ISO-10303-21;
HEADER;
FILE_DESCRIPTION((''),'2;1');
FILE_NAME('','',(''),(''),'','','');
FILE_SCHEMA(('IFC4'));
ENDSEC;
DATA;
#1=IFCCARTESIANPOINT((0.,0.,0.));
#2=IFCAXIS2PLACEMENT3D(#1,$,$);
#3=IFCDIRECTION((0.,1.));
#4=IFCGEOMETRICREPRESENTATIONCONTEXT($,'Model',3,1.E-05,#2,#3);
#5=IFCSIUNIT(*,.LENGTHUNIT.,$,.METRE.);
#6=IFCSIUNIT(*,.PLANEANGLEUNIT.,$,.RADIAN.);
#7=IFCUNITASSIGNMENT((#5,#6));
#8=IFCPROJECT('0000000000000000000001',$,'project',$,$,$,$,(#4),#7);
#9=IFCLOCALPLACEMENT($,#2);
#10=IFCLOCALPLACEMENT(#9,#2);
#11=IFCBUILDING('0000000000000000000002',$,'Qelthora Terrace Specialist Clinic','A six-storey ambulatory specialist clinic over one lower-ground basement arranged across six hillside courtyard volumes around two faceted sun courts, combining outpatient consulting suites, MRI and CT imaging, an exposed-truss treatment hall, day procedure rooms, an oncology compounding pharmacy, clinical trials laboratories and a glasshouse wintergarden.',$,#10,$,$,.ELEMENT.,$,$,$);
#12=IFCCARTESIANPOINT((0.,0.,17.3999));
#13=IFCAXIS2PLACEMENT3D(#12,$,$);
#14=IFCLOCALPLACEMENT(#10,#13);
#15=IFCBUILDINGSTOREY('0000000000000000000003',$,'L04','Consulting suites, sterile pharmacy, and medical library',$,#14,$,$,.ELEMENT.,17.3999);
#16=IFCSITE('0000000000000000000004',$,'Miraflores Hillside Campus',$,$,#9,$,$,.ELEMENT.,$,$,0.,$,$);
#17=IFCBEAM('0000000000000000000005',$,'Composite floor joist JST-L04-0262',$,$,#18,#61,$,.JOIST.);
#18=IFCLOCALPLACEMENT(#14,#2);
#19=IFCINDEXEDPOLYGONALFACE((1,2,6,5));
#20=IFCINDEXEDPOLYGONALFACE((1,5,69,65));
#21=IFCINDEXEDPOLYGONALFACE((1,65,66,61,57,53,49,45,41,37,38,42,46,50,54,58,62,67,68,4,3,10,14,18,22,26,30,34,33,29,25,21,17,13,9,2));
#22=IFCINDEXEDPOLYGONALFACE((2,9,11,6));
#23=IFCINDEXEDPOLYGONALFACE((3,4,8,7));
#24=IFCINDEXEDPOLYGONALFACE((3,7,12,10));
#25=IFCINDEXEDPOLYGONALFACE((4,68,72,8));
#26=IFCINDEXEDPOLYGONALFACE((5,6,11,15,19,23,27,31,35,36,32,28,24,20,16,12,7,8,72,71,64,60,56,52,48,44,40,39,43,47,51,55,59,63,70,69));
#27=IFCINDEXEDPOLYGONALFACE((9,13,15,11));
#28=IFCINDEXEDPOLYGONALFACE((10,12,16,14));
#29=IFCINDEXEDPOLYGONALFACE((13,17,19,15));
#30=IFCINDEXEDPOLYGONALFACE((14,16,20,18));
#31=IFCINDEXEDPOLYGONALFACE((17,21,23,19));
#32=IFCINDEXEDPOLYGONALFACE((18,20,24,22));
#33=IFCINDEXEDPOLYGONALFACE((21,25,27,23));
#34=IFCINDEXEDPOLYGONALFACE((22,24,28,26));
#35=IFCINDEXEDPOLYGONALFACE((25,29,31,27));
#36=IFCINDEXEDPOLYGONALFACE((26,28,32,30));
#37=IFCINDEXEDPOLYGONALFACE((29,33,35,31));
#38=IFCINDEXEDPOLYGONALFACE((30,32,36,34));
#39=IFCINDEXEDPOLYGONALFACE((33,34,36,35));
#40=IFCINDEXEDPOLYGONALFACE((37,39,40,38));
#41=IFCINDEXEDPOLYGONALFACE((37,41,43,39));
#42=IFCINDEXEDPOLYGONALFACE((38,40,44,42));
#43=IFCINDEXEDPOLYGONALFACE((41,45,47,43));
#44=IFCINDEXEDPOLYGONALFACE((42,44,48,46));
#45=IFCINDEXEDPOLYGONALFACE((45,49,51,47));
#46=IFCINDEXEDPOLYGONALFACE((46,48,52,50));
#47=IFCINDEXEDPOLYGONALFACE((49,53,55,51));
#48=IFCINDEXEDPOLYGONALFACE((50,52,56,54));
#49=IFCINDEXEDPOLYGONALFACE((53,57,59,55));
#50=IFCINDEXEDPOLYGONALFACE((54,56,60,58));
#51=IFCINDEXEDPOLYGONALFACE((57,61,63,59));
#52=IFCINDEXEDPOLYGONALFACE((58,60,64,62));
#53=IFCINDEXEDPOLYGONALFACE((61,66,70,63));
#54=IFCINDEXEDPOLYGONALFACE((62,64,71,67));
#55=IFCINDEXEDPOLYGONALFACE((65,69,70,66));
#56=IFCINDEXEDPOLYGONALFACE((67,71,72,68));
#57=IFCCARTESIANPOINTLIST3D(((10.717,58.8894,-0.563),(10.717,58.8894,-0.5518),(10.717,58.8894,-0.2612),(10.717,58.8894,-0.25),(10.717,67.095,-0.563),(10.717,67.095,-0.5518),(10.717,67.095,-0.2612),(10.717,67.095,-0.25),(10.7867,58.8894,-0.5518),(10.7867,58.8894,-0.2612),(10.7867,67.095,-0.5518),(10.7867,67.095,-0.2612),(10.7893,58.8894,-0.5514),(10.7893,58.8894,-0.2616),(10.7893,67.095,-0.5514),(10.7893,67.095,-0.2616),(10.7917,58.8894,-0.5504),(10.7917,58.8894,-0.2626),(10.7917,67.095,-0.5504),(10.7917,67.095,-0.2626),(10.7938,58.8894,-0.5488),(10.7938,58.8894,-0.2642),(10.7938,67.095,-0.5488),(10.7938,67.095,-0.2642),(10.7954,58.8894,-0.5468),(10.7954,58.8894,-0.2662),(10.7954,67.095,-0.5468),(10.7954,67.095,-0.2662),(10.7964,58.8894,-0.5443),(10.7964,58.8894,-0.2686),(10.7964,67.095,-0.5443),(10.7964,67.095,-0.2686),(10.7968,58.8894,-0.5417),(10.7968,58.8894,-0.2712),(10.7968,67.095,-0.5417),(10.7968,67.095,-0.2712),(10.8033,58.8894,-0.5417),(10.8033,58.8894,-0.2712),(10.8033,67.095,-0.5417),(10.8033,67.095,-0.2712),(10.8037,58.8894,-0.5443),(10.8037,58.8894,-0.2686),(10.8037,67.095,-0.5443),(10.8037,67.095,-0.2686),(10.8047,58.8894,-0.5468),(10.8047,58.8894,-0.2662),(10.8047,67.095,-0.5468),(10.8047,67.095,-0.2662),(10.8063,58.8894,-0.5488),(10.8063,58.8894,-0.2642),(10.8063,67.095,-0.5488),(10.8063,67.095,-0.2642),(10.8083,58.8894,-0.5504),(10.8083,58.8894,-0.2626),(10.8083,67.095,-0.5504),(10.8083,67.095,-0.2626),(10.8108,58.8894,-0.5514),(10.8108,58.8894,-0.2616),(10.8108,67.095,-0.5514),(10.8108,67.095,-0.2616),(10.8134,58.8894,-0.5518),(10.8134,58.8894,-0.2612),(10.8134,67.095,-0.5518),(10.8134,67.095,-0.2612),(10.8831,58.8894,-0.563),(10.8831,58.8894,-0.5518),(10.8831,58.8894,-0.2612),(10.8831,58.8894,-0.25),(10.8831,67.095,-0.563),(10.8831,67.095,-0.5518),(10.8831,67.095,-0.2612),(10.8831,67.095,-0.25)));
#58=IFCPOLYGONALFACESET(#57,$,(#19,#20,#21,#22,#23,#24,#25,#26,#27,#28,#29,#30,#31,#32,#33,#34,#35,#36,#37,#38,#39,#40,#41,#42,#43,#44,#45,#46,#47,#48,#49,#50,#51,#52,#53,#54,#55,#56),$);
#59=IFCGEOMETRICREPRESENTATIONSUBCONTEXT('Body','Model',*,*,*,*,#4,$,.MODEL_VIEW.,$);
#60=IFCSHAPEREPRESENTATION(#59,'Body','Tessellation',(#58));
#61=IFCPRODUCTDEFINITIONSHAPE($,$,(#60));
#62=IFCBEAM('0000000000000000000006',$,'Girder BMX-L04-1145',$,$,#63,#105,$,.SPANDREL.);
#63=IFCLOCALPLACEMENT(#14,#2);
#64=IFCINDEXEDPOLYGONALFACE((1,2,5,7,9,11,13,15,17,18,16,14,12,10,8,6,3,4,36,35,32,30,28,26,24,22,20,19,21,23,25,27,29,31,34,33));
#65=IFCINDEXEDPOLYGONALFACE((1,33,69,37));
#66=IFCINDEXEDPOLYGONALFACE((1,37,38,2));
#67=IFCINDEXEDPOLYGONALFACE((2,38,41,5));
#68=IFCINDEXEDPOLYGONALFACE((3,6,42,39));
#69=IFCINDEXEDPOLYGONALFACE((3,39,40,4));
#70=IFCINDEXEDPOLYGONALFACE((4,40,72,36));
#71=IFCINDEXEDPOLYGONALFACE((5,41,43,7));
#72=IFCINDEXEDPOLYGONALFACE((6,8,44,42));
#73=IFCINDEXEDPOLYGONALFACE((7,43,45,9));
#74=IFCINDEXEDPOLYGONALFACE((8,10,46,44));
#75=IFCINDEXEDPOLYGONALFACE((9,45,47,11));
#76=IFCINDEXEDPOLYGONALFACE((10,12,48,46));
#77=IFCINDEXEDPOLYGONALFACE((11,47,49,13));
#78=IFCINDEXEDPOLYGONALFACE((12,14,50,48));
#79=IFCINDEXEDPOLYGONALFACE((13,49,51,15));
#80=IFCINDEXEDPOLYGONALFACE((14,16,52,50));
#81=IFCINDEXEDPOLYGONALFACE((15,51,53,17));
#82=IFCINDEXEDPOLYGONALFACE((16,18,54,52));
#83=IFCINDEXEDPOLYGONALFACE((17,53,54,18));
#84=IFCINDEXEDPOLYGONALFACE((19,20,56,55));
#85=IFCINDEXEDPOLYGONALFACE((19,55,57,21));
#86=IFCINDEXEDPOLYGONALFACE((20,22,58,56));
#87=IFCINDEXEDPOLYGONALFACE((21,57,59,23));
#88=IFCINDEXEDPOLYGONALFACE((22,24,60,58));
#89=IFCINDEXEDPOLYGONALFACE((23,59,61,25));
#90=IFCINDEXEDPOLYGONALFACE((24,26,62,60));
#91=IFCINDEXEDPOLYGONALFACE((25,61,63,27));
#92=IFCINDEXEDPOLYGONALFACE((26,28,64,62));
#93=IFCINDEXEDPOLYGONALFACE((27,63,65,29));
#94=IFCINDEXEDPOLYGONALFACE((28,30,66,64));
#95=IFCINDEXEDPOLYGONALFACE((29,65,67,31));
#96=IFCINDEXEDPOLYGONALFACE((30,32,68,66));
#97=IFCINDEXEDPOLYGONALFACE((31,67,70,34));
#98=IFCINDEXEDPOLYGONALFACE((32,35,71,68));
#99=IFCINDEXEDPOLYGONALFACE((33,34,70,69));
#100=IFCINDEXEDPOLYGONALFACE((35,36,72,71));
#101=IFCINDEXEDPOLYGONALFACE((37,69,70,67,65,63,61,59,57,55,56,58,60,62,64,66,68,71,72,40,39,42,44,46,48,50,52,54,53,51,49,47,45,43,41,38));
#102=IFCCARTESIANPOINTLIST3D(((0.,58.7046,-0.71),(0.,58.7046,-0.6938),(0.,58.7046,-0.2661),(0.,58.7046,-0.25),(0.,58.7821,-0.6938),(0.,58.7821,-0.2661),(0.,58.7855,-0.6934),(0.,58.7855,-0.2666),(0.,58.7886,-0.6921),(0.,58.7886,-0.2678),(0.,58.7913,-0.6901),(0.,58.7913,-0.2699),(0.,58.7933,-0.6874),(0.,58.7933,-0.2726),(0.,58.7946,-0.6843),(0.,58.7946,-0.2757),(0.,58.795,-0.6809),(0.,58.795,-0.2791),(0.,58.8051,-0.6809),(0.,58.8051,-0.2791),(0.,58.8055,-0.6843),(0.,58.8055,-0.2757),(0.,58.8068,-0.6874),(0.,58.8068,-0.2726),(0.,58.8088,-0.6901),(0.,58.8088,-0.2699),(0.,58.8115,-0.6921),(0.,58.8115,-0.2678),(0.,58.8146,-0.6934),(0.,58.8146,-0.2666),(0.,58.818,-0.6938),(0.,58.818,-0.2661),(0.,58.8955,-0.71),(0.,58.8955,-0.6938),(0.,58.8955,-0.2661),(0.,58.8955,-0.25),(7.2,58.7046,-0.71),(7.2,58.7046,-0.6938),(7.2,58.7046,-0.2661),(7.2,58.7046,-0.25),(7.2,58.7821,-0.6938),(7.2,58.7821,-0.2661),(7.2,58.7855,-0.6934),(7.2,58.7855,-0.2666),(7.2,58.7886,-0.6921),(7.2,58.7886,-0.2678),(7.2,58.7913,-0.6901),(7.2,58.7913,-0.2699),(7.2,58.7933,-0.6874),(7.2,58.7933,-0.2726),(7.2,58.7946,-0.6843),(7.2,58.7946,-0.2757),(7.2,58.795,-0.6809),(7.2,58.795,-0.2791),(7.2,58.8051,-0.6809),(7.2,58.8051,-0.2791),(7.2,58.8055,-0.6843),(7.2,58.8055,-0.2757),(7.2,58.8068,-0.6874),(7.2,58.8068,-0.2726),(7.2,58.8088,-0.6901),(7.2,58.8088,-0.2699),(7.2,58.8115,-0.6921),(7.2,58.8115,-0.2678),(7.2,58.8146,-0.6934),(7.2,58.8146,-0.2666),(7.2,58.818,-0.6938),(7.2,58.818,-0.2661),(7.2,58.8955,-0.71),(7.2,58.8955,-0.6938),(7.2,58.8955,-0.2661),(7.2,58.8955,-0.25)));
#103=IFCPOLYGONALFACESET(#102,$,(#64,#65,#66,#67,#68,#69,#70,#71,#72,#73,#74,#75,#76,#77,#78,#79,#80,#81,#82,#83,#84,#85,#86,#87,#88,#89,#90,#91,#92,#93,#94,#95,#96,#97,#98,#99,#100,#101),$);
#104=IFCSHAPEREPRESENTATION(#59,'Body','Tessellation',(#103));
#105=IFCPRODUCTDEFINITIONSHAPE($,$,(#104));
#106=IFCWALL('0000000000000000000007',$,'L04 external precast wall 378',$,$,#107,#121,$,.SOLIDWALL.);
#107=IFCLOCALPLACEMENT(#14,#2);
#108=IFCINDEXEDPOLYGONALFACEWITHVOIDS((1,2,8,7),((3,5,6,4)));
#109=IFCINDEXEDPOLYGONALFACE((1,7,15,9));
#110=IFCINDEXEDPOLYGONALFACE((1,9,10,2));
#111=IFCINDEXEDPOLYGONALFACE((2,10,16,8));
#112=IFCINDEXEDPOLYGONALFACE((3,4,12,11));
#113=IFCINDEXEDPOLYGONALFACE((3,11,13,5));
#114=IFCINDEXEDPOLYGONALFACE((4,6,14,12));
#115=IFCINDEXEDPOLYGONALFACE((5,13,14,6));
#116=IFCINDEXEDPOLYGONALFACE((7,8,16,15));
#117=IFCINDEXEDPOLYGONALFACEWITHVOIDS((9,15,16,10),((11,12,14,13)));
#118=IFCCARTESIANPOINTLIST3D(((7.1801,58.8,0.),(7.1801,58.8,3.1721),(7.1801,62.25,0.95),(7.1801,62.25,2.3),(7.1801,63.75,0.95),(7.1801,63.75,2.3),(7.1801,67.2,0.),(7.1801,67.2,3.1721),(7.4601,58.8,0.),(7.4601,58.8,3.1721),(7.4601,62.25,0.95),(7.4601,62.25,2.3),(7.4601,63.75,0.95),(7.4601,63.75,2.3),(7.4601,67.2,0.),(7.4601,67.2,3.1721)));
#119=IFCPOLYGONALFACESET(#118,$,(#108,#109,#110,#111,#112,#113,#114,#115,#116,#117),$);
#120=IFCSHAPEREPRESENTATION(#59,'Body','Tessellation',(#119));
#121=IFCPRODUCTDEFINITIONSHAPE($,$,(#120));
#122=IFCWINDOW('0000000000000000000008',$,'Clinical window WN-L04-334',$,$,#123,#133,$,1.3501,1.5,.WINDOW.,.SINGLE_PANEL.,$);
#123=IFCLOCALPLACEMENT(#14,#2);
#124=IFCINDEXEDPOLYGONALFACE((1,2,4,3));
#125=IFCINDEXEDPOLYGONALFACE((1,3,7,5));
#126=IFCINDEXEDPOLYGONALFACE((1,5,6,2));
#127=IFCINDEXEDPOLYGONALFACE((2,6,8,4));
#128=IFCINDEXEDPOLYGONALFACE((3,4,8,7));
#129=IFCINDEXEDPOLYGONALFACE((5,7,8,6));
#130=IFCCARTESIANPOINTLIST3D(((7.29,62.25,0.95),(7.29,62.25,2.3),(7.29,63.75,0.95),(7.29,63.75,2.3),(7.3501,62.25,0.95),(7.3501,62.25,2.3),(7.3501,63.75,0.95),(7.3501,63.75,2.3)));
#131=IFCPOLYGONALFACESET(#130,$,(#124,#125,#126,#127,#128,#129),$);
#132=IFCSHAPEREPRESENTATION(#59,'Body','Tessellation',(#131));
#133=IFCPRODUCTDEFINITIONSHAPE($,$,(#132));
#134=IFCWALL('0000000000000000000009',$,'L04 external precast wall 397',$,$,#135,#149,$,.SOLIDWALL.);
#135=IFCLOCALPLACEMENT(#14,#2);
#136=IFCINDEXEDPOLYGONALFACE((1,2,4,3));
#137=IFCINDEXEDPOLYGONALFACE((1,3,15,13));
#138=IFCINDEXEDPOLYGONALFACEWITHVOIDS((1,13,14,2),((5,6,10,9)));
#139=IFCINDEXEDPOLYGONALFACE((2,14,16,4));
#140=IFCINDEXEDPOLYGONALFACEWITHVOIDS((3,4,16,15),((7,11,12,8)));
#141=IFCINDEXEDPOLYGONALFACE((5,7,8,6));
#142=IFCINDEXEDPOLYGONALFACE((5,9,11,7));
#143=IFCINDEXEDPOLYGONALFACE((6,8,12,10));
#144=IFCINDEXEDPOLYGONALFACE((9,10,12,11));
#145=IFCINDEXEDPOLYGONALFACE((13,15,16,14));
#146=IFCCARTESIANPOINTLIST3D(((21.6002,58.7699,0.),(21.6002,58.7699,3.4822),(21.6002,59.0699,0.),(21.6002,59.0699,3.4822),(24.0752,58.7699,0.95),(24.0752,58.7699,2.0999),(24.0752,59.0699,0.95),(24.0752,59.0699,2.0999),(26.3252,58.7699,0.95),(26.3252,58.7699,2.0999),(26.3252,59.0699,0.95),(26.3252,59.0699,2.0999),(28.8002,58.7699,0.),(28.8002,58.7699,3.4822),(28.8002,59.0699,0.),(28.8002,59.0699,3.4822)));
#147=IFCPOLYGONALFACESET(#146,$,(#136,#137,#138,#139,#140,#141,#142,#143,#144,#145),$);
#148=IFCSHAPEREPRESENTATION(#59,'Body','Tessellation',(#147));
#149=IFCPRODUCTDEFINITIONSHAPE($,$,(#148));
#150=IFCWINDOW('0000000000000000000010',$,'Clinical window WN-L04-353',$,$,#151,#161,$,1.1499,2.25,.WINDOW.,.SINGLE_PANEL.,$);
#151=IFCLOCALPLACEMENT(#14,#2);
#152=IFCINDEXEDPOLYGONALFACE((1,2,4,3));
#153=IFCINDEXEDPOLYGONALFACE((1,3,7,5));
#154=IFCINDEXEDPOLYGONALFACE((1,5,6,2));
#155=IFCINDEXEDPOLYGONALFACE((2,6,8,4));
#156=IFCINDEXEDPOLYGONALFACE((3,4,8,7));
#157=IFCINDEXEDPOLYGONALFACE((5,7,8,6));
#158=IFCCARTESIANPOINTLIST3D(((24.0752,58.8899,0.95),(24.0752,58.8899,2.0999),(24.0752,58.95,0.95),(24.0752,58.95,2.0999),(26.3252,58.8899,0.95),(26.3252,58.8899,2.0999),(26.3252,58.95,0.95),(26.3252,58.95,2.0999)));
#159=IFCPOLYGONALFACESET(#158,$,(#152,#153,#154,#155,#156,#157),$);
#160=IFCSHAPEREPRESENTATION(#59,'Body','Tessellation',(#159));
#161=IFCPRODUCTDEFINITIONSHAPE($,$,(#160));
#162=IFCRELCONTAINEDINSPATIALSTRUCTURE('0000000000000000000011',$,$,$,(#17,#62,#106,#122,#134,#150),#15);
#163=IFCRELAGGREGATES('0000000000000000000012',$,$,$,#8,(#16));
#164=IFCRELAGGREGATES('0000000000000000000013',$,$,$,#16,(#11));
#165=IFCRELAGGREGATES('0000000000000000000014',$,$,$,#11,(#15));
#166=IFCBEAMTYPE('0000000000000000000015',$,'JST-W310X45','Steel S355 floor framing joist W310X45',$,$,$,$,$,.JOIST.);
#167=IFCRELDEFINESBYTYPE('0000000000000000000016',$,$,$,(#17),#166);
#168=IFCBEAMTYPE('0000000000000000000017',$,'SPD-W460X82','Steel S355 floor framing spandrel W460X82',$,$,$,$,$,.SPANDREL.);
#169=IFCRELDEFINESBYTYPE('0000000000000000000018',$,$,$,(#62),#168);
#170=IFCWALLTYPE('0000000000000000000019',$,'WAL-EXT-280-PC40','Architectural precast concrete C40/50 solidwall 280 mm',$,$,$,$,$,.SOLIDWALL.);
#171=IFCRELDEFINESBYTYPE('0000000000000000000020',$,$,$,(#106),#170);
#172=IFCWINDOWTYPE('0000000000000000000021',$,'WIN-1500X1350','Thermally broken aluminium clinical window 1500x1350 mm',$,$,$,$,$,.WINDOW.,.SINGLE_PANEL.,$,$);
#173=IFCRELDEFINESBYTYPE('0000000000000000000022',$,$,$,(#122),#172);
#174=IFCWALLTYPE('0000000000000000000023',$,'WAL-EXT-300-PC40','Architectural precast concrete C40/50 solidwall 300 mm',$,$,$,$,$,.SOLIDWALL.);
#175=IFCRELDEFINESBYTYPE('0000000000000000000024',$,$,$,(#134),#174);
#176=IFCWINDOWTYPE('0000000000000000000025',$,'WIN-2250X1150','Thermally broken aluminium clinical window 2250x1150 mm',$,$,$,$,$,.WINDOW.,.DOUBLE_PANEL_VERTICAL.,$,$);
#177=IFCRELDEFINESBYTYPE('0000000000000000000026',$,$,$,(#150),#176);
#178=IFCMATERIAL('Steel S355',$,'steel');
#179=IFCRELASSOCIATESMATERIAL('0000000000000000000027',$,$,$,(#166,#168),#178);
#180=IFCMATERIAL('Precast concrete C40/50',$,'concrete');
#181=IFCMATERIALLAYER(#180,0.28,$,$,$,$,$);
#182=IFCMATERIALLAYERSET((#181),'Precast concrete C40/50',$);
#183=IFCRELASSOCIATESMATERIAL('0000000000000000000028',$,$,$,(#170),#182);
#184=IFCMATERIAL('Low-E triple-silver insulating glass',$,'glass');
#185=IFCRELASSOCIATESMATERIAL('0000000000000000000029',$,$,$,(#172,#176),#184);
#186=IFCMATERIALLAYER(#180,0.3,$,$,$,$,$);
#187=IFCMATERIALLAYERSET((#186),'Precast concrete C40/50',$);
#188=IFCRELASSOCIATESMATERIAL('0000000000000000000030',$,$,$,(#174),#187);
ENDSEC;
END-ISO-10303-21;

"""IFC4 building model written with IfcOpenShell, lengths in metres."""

from ifc_helpers import new_model, si_unit, direction, frame, frame_2d, origin, origin_2d, place, context, subcontext, project, spatial, rectangle, i_section, extrude, material, layer, layer_set, material_profile, profile_set, type_object, element, fill, save


model = new_model("IFC4")

# Units and contexts
model_context = context("Model", 3, precision=1e-05, world=origin(), true_north=direction((0.0, 1.0)))
body_context = subcontext(model_context, "Body", "Model", "MODEL_VIEW")
ifc_project = project(units=[si_unit("LENGTHUNIT", "METRE"), si_unit("PLANEANGLEUNIT", "RADIAN")], contexts=[model_context])

# Site, building, storey
site_placement = place(None, origin())
site = spatial("IfcSite", under=ifc_project, at=site_placement, Name="Miraflores Hillside Campus", CompositionType="ELEMENT", RefElevation=0.0)
building_placement = place(site_placement, origin())
building = spatial("IfcBuilding", under=site, at=building_placement, Name="Qelthora Terrace Specialist Clinic", Description="A six-storey ambulatory specialist clinic over one lower-ground basement arranged across six hillside courtyard volumes around two faceted sun courts, combining outpatient consulting suites, MRI and CT imaging, an exposed-truss treatment hall, day procedure rooms, an oncology compounding pharmacy, clinical trials laboratories and a glasshouse wintergarden.", CompositionType="ELEMENT")
storey_placement = place(building_placement, frame((0.0, 0.0, 17.3999)))
storey = spatial("IfcBuildingStorey", under=building, at=storey_placement, Name="L04", Description="Consulting suites, sterile pharmacy, and medical library", CompositionType="ELEMENT", Elevation=17.3999)

# Shared definitions
ifc_material_1 = material(Name="Steel S355", Category="steel")

# Beams
ifc_material_profile_1 = material_profile(ifc_material_1, i_section(OverallWidth=0.166, OverallDepth=0.313, WebThickness=0.0066, FlangeThickness=0.0112, FilletRadius=0.01, at=origin_2d()), Name="W310X45")
ifc_profile_set_1 = profile_set([ifc_material_profile_1], Name="Steel S355")
beam_type_1 = type_object("IfcBeamType", Name="JST-W310X45", Description="Steel S355 floor framing joist W310X45", PredefinedType="JOIST", material=ifc_profile_set_1)
beam_1_placement = place(storey_placement, frame((10.8, 58.8894, -0.4065), z_axis=(0.0, 1.0, 0.0), x_axis=(-1.0, 0.0, 0.0)))
element("IfcBeam", 1, at=beam_1_placement, inside=storey, type_object=beam_type_1, Name="Composite floor joist JST-L04-0262", PredefinedType="JOIST", context=body_context, shape_type="SweptSolid", body=[
    extrude(i_section(OverallWidth=0.166, OverallDepth=0.313, WebThickness=0.0066, FlangeThickness=0.0112, FilletRadius=0.01, at=origin_2d()), origin(), (0.0, 0.0, 1.0), 8.2056),
])
ifc_material_profile_2 = material_profile(ifc_material_1, i_section(OverallWidth=0.1909, OverallDepth=0.46, WebThickness=0.01, FlangeThickness=0.0161, FilletRadius=0.0129, at=origin_2d()), Name="W460X82")
ifc_profile_set_2 = profile_set([ifc_material_profile_2], Name="Steel S355")
beam_type_2 = type_object("IfcBeamType", Name="SPD-W460X82", Description="Steel S355 floor framing spandrel W460X82", PredefinedType="SPANDREL", material=ifc_profile_set_2)
beam_2_placement = place(storey_placement, frame((0.0, 58.8, -0.48), z_axis=(1.0, 0.0, 0.0), x_axis=(0.0, 1.0, 0.0)))
element("IfcBeam", 2, at=beam_2_placement, inside=storey, type_object=beam_type_2, Name="Girder BMX-L04-1145", PredefinedType="SPANDREL", context=body_context, shape_type="SweptSolid", body=[
    extrude(i_section(OverallWidth=0.1909, OverallDepth=0.46, WebThickness=0.01, FlangeThickness=0.0161, FilletRadius=0.0129, at=origin_2d()), origin(), (0.0, 0.0, 1.0), 7.2),
])

# Walls, openings, windows
ifc_material_2 = material(Name="Precast concrete C40/50", Category="concrete")
ifc_layer_1 = layer(ifc_material_2, 0.28)
ifc_layer_set_1 = layer_set([ifc_layer_1], Name="Precast concrete C40/50")
wall_type_1 = type_object("IfcWallType", Name="WAL-EXT-280-PC40", Description="Architectural precast concrete C40/50 solidwall 280 mm", PredefinedType="SOLIDWALL", material=ifc_layer_set_1)
wall_1_placement = place(storey_placement, frame((7.3201, 58.8, 0.0), z_axis=(0.0, 0.0, 1.0), x_axis=(0.0, 1.0, 0.0)))
wall_1 = element("IfcWall", 3, at=wall_1_placement, inside=storey, type_object=wall_type_1, Name="L04 external precast wall 378", PredefinedType="SOLIDWALL", context=body_context, shape_type="SweptSolid", body=[
    extrude(rectangle(XDim=8.3999, YDim=0.28, at=frame_2d((4.2, 0.0))), origin(), (0.0, 0.0, 1.0), 3.1721),
])
opening_1_placement = place(wall_1_placement, frame((3.45, 0.0, 0.95)))
opening_1 = element("IfcOpeningElement", 4, at=opening_1_placement, cuts=wall_1, PredefinedType="OPENING", context=body_context, shape_type="SweptSolid", body=[
    extrude(rectangle(XDim=1.5, YDim=1.3501, at=frame_2d((0.75, 0.675))), frame((0.0, 0.1499, 0.0), z_axis=(0.0, -1.0, 0.0), x_axis=(1.0, 0.0, 0.0)), (0.0, 0.0, 1.0), 0.3),
])
ifc_material_3 = material(Name="Low-E triple-silver insulating glass", Category="glass")
window_type_1 = type_object("IfcWindowType", Name="WIN-1500X1350", Description="Thermally broken aluminium clinical window 1500x1350 mm", PartitioningType="SINGLE_PANEL", PredefinedType="WINDOW", material=ifc_material_3)
window_1_placement = place(opening_1_placement, origin())
window_1 = element("IfcWindow", 5, at=window_1_placement, inside=storey, type_object=window_type_1, Name="Clinical window WN-L04-334", OverallHeight=1.3501, OverallWidth=1.5, PartitioningType="SINGLE_PANEL", PredefinedType="WINDOW", context=body_context, shape_type="SweptSolid", body=[
    extrude(rectangle(XDim=1.5, YDim=1.3501, at=frame_2d((0.75, 0.675))), frame((0.0, 0.03, 0.0), z_axis=(0.0, -1.0, 0.0), x_axis=(1.0, 0.0, 0.0)), (0.0, 0.0, 1.0), 0.0601),
])
fill(opening_1, window_1)
ifc_layer_2 = layer(ifc_material_2, 0.3)
ifc_layer_set_2 = layer_set([ifc_layer_2], Name="Precast concrete C40/50")
wall_type_2 = type_object("IfcWallType", Name="WAL-EXT-300-PC40", Description="Architectural precast concrete C40/50 solidwall 300 mm", PredefinedType="SOLIDWALL", material=ifc_layer_set_2)
wall_2_placement = place(storey_placement, frame((21.6001, 58.9199, 0.0), z_axis=(0.0, 0.0, 1.0), x_axis=(1.0, 0.0, 0.0)))
wall_2 = element("IfcWall", 6, at=wall_2_placement, inside=storey, type_object=wall_type_2, Name="L04 external precast wall 397", PredefinedType="SOLIDWALL", context=body_context, shape_type="SweptSolid", body=[
    extrude(rectangle(XDim=7.2, YDim=0.3, at=frame_2d((3.6001, 0.0))), origin(), (0.0, 0.0, 1.0), 3.4822),
])
opening_2_placement = place(wall_2_placement, frame((2.4751, 0.0, 0.95)))
opening_2 = element("IfcOpeningElement", 7, at=opening_2_placement, cuts=wall_2, PredefinedType="OPENING", context=body_context, shape_type="SweptSolid", body=[
    extrude(rectangle(XDim=2.25, YDim=1.1499, at=frame_2d((1.125, 0.575))), frame((0.0, 0.1599, 0.0), z_axis=(0.0, -1.0, 0.0), x_axis=(1.0, 0.0, 0.0)), (0.0, 0.0, 1.0), 0.3201),
])
window_type_2 = type_object("IfcWindowType", Name="WIN-2250X1150", Description="Thermally broken aluminium clinical window 2250x1150 mm", PartitioningType="DOUBLE_PANEL_VERTICAL", PredefinedType="WINDOW", material=ifc_material_3)
window_2_placement = place(opening_2_placement, origin())
window_2 = element("IfcWindow", 8, at=window_2_placement, inside=storey, type_object=window_type_2, Name="Clinical window WN-L04-353", OverallHeight=1.1499, OverallWidth=2.25, PartitioningType="SINGLE_PANEL", PredefinedType="WINDOW", context=body_context, shape_type="SweptSolid", body=[
    extrude(rectangle(XDim=2.25, YDim=1.1499, at=frame_2d((1.125, 0.575))), frame((0.0, 0.03, 0.0), z_axis=(0.0, -1.0, 0.0), x_axis=(1.0, 0.0, 0.0)), (0.0, 0.0, 1.0), 0.0601),
])
fill(opening_2, window_2)

save(model, "model.ifc")
